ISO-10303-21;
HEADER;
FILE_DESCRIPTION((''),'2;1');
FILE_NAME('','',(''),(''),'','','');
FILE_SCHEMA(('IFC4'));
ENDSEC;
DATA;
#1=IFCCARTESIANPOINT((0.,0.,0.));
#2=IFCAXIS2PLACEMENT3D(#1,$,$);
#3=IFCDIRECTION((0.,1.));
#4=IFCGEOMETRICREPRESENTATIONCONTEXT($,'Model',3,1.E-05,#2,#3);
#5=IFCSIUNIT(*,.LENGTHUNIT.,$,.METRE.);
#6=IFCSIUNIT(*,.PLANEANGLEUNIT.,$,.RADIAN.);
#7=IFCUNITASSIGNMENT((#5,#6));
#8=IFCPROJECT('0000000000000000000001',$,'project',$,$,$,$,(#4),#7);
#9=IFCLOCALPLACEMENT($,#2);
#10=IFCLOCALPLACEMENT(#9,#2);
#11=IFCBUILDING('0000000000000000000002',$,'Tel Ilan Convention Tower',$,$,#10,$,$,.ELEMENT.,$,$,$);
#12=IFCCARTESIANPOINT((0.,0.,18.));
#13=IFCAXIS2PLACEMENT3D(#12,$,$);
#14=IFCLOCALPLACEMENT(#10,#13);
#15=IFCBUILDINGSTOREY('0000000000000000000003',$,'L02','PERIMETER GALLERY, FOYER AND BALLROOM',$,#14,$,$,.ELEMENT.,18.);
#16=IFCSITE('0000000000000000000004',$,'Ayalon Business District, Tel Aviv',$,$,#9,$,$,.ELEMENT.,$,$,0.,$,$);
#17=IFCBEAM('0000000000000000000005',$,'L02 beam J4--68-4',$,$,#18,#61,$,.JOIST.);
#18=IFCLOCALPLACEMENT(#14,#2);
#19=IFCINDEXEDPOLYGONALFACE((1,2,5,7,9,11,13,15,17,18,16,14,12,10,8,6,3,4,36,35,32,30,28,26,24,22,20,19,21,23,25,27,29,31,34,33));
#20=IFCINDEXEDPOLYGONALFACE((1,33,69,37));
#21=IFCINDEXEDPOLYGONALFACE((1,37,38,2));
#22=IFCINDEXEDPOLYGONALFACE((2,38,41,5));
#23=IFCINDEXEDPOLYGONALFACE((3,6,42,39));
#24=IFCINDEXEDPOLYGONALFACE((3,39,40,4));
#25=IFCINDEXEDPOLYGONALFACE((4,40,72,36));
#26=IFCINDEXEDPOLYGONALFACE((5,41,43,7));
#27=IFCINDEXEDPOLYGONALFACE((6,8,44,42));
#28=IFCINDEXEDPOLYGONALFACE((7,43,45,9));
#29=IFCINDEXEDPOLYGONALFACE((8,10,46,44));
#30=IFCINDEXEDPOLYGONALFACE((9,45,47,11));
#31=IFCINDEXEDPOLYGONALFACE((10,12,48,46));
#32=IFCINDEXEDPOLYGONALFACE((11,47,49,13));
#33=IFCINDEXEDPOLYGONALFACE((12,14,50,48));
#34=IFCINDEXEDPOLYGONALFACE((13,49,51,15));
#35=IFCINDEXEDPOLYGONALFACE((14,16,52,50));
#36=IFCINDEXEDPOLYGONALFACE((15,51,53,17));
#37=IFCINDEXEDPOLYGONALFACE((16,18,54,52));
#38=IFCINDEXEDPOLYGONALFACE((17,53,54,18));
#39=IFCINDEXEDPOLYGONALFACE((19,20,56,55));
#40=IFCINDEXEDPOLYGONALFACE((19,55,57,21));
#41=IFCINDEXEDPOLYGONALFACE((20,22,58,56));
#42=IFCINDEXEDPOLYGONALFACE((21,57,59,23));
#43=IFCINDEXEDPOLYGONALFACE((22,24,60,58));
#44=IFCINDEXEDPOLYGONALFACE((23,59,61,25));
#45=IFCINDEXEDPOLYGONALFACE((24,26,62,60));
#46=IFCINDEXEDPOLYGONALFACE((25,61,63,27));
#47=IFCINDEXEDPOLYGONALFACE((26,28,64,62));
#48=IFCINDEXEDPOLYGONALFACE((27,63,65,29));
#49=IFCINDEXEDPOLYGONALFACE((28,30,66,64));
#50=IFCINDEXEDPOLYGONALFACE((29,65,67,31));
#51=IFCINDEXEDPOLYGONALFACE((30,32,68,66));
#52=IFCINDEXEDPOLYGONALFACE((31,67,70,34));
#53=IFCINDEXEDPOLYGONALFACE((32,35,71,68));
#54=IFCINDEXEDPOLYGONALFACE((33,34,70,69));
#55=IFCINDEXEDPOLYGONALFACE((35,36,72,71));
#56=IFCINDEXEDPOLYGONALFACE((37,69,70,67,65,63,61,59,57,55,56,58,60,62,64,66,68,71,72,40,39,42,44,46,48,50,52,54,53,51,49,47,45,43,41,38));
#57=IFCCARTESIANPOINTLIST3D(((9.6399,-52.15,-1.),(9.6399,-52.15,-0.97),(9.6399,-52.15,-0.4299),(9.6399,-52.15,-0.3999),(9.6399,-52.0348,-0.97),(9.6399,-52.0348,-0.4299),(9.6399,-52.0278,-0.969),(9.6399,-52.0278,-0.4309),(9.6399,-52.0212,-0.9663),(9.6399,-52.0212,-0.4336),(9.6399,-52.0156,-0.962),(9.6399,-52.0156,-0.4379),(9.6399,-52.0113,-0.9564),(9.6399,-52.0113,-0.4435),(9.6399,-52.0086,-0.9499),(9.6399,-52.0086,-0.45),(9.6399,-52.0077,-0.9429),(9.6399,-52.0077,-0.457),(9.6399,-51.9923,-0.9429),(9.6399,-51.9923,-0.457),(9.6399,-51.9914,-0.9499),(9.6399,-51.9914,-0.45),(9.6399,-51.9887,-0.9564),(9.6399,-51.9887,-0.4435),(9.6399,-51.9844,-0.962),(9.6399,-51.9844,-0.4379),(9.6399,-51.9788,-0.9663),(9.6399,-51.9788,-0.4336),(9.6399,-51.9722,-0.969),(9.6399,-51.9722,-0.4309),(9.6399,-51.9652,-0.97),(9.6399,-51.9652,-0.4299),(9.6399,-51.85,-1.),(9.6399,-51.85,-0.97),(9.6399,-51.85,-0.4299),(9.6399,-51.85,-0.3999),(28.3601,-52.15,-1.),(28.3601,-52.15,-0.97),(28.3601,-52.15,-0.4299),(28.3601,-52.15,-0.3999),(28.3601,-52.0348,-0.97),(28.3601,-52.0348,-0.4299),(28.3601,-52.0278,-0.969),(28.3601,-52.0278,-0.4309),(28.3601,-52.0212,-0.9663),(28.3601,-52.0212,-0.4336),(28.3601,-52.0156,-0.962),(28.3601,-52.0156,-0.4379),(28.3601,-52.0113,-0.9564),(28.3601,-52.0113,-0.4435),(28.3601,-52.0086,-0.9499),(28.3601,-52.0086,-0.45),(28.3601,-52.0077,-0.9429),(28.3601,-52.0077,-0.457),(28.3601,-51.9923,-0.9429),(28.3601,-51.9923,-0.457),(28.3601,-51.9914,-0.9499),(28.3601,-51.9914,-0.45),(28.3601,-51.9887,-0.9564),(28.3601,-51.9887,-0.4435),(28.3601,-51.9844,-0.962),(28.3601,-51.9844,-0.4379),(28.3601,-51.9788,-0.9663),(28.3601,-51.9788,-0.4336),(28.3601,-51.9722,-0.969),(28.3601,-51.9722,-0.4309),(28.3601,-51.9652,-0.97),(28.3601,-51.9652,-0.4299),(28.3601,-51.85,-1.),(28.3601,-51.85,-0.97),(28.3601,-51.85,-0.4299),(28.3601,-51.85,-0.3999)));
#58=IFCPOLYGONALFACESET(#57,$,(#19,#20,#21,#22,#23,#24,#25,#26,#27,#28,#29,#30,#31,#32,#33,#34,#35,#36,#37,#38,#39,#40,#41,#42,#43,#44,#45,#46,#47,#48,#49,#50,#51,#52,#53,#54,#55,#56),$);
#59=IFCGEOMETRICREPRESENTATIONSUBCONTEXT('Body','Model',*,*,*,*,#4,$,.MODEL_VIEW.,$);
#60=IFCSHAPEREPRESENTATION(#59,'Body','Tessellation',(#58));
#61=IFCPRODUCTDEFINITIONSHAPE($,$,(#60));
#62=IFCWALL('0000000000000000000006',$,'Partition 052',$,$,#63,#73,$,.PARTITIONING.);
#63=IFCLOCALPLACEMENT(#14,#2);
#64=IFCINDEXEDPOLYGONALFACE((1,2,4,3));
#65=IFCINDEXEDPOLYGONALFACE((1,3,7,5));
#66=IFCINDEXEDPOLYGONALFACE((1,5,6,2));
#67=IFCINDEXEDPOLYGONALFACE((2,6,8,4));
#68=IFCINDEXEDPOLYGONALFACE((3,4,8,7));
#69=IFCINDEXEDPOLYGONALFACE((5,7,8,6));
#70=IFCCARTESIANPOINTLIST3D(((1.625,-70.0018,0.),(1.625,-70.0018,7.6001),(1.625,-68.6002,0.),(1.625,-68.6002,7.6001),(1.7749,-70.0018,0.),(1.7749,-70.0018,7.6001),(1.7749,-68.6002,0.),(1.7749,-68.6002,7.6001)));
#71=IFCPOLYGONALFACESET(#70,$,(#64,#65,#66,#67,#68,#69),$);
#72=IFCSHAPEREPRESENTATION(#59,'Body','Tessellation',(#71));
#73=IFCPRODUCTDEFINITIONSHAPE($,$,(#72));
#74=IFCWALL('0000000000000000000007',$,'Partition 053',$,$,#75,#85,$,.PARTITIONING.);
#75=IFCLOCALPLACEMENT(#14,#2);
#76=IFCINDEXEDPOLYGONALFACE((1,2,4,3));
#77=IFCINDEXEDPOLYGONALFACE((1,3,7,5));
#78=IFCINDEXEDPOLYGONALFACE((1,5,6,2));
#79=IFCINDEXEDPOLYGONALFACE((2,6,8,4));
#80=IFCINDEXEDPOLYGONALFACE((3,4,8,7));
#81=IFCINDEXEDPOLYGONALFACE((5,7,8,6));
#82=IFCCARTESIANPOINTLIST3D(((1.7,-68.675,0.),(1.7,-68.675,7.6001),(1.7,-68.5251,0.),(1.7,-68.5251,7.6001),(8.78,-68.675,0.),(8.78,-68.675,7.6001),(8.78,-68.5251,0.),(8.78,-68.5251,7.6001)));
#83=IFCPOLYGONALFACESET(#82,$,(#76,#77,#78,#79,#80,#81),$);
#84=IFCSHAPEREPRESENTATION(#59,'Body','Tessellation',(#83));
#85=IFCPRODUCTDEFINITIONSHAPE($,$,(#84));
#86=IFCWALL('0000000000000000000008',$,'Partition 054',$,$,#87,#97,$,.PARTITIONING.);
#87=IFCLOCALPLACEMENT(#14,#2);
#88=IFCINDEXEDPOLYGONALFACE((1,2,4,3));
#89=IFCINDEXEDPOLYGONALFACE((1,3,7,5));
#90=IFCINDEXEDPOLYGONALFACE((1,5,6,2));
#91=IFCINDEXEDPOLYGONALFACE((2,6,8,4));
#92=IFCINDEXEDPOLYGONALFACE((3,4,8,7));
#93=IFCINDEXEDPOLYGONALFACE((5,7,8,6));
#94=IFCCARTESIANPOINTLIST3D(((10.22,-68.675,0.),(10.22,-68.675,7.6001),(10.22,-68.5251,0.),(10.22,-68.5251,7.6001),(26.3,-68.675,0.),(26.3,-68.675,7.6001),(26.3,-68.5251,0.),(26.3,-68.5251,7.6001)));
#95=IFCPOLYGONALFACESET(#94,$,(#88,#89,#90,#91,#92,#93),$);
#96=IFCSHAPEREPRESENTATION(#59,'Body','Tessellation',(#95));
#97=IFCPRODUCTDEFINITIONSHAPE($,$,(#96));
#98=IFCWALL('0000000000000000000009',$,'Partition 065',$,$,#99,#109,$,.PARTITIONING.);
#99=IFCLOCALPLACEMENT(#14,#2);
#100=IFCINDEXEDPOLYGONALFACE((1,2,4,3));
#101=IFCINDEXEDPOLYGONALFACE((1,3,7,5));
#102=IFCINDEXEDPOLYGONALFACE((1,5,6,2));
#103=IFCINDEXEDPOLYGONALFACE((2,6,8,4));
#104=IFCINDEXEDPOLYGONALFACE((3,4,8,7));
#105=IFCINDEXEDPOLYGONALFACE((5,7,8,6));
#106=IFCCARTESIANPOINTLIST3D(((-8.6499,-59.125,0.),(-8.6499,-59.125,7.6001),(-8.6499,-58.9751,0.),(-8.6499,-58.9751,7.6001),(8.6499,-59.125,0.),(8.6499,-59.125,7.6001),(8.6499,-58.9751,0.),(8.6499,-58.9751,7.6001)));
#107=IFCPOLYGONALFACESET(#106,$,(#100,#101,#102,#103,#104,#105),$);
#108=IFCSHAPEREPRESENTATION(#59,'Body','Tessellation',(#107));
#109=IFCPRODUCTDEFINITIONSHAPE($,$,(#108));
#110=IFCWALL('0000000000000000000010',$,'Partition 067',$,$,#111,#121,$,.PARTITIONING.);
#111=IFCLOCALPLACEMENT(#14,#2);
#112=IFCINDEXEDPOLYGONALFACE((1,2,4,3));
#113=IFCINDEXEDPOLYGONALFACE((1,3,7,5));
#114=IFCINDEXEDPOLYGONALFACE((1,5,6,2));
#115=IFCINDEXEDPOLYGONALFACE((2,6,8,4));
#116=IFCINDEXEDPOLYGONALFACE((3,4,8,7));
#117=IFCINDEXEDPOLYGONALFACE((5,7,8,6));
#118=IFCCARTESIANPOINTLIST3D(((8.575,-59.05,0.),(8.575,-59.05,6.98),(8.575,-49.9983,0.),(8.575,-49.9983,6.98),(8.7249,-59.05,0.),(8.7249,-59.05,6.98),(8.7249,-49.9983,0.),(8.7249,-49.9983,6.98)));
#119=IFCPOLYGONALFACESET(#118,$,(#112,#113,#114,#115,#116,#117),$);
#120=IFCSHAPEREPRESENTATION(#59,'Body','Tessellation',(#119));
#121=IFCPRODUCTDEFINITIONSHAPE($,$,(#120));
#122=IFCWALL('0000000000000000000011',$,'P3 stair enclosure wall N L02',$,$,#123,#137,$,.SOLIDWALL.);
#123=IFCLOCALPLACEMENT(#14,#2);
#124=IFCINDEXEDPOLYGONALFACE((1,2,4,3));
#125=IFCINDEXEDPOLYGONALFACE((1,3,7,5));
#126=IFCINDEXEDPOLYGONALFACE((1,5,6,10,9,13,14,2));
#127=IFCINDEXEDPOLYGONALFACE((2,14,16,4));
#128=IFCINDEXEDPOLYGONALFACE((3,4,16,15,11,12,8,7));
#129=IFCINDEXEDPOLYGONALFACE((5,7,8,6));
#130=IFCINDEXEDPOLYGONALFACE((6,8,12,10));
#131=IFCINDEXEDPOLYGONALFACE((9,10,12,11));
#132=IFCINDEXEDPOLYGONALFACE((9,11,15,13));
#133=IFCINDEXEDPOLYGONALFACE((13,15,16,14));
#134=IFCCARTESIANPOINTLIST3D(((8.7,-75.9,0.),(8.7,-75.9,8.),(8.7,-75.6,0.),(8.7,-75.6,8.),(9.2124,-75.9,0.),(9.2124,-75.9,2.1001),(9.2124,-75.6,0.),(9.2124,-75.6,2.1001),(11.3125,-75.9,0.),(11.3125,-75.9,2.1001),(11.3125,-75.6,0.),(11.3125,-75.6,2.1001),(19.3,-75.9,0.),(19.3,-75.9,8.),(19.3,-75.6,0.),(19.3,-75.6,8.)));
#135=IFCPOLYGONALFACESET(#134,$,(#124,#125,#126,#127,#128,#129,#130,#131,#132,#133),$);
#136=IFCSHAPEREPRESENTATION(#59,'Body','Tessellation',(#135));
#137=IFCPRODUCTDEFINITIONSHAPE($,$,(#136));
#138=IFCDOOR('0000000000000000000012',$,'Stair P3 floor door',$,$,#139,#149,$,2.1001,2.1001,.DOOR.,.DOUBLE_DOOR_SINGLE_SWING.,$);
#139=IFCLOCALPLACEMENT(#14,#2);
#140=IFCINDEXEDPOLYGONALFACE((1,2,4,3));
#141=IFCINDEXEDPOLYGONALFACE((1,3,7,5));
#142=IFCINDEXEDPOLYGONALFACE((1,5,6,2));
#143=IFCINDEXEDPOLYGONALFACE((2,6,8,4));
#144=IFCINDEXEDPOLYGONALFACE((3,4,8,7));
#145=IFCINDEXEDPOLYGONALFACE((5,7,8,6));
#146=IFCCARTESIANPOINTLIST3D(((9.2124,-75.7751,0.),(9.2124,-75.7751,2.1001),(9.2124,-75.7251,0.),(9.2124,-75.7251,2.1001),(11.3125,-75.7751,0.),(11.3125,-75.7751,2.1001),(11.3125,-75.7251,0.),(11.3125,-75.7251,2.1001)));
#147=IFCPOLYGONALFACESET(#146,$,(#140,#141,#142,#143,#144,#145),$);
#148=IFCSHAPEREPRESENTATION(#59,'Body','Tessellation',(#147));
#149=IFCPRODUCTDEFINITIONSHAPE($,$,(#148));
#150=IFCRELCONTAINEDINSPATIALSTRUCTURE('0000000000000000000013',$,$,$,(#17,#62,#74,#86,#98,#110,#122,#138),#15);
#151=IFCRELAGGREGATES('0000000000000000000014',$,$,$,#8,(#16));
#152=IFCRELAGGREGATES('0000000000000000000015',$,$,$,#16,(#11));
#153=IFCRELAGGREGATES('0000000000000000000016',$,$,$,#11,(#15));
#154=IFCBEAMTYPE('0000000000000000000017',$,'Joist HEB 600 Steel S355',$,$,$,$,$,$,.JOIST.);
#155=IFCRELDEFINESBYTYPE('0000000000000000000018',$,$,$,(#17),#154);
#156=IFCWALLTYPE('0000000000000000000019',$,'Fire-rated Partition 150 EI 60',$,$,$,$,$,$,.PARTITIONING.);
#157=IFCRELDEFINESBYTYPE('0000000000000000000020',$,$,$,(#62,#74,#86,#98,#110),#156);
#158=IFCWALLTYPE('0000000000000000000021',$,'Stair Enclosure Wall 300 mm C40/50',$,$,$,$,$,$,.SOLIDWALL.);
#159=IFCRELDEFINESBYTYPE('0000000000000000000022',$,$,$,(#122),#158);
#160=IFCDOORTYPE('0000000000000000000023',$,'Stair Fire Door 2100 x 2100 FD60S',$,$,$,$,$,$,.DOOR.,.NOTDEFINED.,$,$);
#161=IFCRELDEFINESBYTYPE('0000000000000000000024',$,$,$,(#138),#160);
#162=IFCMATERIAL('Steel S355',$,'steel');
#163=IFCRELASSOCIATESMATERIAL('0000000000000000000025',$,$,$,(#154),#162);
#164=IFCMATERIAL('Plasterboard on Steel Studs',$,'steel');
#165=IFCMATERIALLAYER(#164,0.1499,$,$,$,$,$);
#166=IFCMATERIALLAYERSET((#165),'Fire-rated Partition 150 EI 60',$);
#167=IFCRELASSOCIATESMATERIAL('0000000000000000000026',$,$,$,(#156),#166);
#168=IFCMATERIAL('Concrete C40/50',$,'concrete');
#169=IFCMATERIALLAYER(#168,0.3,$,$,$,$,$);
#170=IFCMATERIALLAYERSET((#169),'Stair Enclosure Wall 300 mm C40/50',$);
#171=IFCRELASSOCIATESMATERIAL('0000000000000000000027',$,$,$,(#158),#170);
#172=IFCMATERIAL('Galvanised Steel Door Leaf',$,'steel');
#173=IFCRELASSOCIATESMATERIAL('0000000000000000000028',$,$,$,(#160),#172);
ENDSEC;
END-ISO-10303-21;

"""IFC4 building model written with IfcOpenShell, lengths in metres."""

from ifc_helpers import new_model, si_unit, direction, frame, frame_2d, origin, origin_2d, place, context, subcontext, project, spatial, rectangle, i_section, extrude, material, layer, layer_set, material_profile, profile_set, type_object, element, fill, save


model = new_model("IFC4")

# Units and contexts
model_context = context("Model", 3, precision=1e-05, world=origin(), true_north=direction((0.0, 1.0)))
body_context = subcontext(model_context, "Body", "Model", "MODEL_VIEW")
ifc_project = project(units=[si_unit("LENGTHUNIT", "METRE"), si_unit("PLANEANGLEUNIT", "RADIAN")], contexts=[model_context])

# Site, building, storey
site_placement = place(None, origin())
site = spatial("IfcSite", under=ifc_project, at=site_placement, Name="Ayalon Business District, Tel Aviv", CompositionType="ELEMENT", RefElevation=0.0)
building_placement = place(site_placement, origin())
building = spatial("IfcBuilding", under=site, at=building_placement, Name="Tel Ilan Convention Tower", CompositionType="ELEMENT")
storey_placement = place(building_placement, frame((0.0, 0.0, 18.0)))
storey = spatial("IfcBuildingStorey", under=building, at=storey_placement, Name="L02", Description="PERIMETER GALLERY, FOYER AND BALLROOM", CompositionType="ELEMENT", Elevation=18.0)

# Beam
ifc_material_1 = material(Name="Steel S355", Category="steel")
ifc_material_profile_1 = material_profile(ifc_material_1, i_section(OverallWidth=0.3, OverallDepth=0.6001, WebThickness=0.0154, FlangeThickness=0.03, FilletRadius=0.0271, at=origin_2d()), Name="HEB 600")
ifc_profile_set_1 = profile_set([ifc_material_profile_1], Name="Steel S355")
beam_type_1 = type_object("IfcBeamType", Name="Joist HEB 600 Steel S355", PredefinedType="JOIST", material=ifc_profile_set_1)
for number, where, z_axis, x_axis, name in (
    (1, (9.6399, -52.0, -0.7), (1.0, 0.0, 0.0), (0.0, 1.0, 0.0), "L02 beam J4--68-4"),
):
    element("IfcBeam", number, at=place(storey_placement, frame(where, z_axis=z_axis, x_axis=x_axis)), inside=storey, type_object=beam_type_1, Name=name, PredefinedType="JOIST", context=body_context, shape_type="SweptSolid", body=[
        extrude(i_section(OverallWidth=0.3, OverallDepth=0.6001, WebThickness=0.0154, FlangeThickness=0.03, FilletRadius=0.0271, at=origin_2d()), origin(), (0.0, 0.0, 1.0), 18.7202),
    ])

# Walls
ifc_material_2 = material(Name="Plasterboard on Steel Studs", Category="steel")
ifc_layer_1 = layer(ifc_material_2, 0.1499)
ifc_layer_set_1 = layer_set([ifc_layer_1], Name="Fire-rated Partition 150 EI 60")
wall_type_1 = type_object("IfcWallType", Name="Fire-rated Partition 150 EI 60", PredefinedType="PARTITIONING", material=ifc_layer_set_1)
wall_1_placement = place(storey_placement, frame((1.7, -70.0017, 0.0), z_axis=(0.0, 0.0, 1.0), x_axis=(0.0, 1.0, 0.0)))
element("IfcWall", 2, at=wall_1_placement, inside=storey, type_object=wall_type_1, Name="Partition 052", PredefinedType="PARTITIONING", context=body_context, shape_type="SweptSolid", body=[
    extrude(rectangle(XDim=1.4016, YDim=0.1499, at=frame_2d((0.7007, 0.0))), origin(), (0.0, 0.0, 1.0), 7.6001),
])
wall_2_placement = place(storey_placement, frame((1.7, -68.6001, 0.0), z_axis=(0.0, 0.0, 1.0), x_axis=(1.0, 0.0, 0.0)))
element("IfcWall", 3, at=wall_2_placement, inside=storey, type_object=wall_type_1, Name="Partition 053", PredefinedType="PARTITIONING", context=body_context, shape_type="SweptSolid", body=[
    extrude(rectangle(XDim=7.0801, YDim=0.1499, at=frame_2d((3.54, 0.0))), origin(), (0.0, 0.0, 1.0), 7.6001),
])
wall_3_placement = place(storey_placement, frame((10.22, -68.6001, 0.0), z_axis=(0.0, 0.0, 1.0), x_axis=(1.0, 0.0, 0.0)))
element("IfcWall", 4, at=wall_3_placement, inside=storey, type_object=wall_type_1, Name="Partition 054", PredefinedType="PARTITIONING", context=body_context, shape_type="SweptSolid", body=[
    extrude(rectangle(XDim=16.0801, YDim=0.1499, at=frame_2d((8.04, 0.0))), origin(), (0.0, 0.0, 1.0), 7.6001),
])
wall_4_placement = place(storey_placement, frame((8.6499, -59.05, 0.0), z_axis=(0.0, 0.0, 1.0), x_axis=(-1.0, 0.0, 0.0)))
element("IfcWall", 5, at=wall_4_placement, inside=storey, type_object=wall_type_1, Name="Partition 065", PredefinedType="PARTITIONING", context=body_context, shape_type="SweptSolid", body=[
    extrude(rectangle(XDim=17.2998, YDim=0.1499, at=frame_2d((8.6499, 0.0))), origin(), (0.0, 0.0, 1.0), 7.6001),
])
wall_5_placement = place(storey_placement, frame((8.6499, -49.9983, 0.0), z_axis=(0.0, 0.0, 1.0), x_axis=(0.0, -1.0, 0.0)))
element("IfcWall", 6, at=wall_5_placement, inside=storey, type_object=wall_type_1, Name="Partition 067", PredefinedType="PARTITIONING", context=body_context, shape_type="SweptSolid", body=[
    extrude(rectangle(XDim=9.0518, YDim=0.1499, at=frame_2d((4.5259, 0.0))), origin(), (0.0, 0.0, 1.0), 6.98),
])

# Wall, opening, door
ifc_material_3 = material(Name="Concrete C40/50", Category="concrete")
ifc_layer_2 = layer(ifc_material_3, 0.3)
ifc_layer_set_2 = layer_set([ifc_layer_2], Name="Stair Enclosure Wall 300 mm C40/50")
wall_type_2 = type_object("IfcWallType", Name="Stair Enclosure Wall 300 mm C40/50", PredefinedType="SOLIDWALL", material=ifc_layer_set_2)
wall_6_placement = place(storey_placement, frame((8.7, -75.75, 0.0), z_axis=(0.0, 0.0, 1.0), x_axis=(1.0, 0.0, 0.0)))
wall_6 = element("IfcWall", 7, at=wall_6_placement, inside=storey, type_object=wall_type_2, Name="P3 stair enclosure wall N L02", PredefinedType="SOLIDWALL", context=body_context, shape_type="SweptSolid", body=[
    extrude(rectangle(XDim=10.6001, YDim=0.3, at=frame_2d((5.3, 0.0))), origin(), (0.0, 0.0, 1.0), 8.0),
])
opening_placement = place(wall_6_placement, frame((0.5125, 0.0, 0.0)))
opening = element("IfcOpeningElement", 8, at=opening_placement, cuts=wall_6, PredefinedType="OPENING", context=body_context, shape_type="SweptSolid", body=[
    extrude(rectangle(XDim=2.1001, YDim=2.1001, at=frame_2d((1.05, 1.05))), frame((0.0, 0.1599, 0.0), z_axis=(0.0, -1.0, 0.0), x_axis=(1.0, 0.0, 0.0)), (0.0, 0.0, 1.0), 0.3201),
])
ifc_material_4 = material(Name="Galvanised Steel Door Leaf", Category="steel")
door_type = type_object("IfcDoorType", Name="Stair Fire Door 2100 x 2100 FD60S", OperationType="NOTDEFINED", PredefinedType="DOOR", material=ifc_material_4)
door_placement = place(opening_placement, origin())
door = element("IfcDoor", 9, at=door_placement, inside=storey, type_object=door_type, Name="Stair P3 floor door", OperationType="DOUBLE_DOOR_SINGLE_SWING", OverallHeight=2.1001, OverallWidth=2.1001, PredefinedType="DOOR", context=body_context, shape_type="SweptSolid", body=[
    extrude(rectangle(XDim=2.1001, YDim=2.1001, at=frame_2d((1.05, 1.05))), frame((0.0, 0.0249, 0.0), z_axis=(0.0, -1.0, 0.0), x_axis=(1.0, 0.0, 0.0)), (0.0, 0.0, 1.0), 0.05),
])
fill(opening, door)

save(model, "model.ifc")
